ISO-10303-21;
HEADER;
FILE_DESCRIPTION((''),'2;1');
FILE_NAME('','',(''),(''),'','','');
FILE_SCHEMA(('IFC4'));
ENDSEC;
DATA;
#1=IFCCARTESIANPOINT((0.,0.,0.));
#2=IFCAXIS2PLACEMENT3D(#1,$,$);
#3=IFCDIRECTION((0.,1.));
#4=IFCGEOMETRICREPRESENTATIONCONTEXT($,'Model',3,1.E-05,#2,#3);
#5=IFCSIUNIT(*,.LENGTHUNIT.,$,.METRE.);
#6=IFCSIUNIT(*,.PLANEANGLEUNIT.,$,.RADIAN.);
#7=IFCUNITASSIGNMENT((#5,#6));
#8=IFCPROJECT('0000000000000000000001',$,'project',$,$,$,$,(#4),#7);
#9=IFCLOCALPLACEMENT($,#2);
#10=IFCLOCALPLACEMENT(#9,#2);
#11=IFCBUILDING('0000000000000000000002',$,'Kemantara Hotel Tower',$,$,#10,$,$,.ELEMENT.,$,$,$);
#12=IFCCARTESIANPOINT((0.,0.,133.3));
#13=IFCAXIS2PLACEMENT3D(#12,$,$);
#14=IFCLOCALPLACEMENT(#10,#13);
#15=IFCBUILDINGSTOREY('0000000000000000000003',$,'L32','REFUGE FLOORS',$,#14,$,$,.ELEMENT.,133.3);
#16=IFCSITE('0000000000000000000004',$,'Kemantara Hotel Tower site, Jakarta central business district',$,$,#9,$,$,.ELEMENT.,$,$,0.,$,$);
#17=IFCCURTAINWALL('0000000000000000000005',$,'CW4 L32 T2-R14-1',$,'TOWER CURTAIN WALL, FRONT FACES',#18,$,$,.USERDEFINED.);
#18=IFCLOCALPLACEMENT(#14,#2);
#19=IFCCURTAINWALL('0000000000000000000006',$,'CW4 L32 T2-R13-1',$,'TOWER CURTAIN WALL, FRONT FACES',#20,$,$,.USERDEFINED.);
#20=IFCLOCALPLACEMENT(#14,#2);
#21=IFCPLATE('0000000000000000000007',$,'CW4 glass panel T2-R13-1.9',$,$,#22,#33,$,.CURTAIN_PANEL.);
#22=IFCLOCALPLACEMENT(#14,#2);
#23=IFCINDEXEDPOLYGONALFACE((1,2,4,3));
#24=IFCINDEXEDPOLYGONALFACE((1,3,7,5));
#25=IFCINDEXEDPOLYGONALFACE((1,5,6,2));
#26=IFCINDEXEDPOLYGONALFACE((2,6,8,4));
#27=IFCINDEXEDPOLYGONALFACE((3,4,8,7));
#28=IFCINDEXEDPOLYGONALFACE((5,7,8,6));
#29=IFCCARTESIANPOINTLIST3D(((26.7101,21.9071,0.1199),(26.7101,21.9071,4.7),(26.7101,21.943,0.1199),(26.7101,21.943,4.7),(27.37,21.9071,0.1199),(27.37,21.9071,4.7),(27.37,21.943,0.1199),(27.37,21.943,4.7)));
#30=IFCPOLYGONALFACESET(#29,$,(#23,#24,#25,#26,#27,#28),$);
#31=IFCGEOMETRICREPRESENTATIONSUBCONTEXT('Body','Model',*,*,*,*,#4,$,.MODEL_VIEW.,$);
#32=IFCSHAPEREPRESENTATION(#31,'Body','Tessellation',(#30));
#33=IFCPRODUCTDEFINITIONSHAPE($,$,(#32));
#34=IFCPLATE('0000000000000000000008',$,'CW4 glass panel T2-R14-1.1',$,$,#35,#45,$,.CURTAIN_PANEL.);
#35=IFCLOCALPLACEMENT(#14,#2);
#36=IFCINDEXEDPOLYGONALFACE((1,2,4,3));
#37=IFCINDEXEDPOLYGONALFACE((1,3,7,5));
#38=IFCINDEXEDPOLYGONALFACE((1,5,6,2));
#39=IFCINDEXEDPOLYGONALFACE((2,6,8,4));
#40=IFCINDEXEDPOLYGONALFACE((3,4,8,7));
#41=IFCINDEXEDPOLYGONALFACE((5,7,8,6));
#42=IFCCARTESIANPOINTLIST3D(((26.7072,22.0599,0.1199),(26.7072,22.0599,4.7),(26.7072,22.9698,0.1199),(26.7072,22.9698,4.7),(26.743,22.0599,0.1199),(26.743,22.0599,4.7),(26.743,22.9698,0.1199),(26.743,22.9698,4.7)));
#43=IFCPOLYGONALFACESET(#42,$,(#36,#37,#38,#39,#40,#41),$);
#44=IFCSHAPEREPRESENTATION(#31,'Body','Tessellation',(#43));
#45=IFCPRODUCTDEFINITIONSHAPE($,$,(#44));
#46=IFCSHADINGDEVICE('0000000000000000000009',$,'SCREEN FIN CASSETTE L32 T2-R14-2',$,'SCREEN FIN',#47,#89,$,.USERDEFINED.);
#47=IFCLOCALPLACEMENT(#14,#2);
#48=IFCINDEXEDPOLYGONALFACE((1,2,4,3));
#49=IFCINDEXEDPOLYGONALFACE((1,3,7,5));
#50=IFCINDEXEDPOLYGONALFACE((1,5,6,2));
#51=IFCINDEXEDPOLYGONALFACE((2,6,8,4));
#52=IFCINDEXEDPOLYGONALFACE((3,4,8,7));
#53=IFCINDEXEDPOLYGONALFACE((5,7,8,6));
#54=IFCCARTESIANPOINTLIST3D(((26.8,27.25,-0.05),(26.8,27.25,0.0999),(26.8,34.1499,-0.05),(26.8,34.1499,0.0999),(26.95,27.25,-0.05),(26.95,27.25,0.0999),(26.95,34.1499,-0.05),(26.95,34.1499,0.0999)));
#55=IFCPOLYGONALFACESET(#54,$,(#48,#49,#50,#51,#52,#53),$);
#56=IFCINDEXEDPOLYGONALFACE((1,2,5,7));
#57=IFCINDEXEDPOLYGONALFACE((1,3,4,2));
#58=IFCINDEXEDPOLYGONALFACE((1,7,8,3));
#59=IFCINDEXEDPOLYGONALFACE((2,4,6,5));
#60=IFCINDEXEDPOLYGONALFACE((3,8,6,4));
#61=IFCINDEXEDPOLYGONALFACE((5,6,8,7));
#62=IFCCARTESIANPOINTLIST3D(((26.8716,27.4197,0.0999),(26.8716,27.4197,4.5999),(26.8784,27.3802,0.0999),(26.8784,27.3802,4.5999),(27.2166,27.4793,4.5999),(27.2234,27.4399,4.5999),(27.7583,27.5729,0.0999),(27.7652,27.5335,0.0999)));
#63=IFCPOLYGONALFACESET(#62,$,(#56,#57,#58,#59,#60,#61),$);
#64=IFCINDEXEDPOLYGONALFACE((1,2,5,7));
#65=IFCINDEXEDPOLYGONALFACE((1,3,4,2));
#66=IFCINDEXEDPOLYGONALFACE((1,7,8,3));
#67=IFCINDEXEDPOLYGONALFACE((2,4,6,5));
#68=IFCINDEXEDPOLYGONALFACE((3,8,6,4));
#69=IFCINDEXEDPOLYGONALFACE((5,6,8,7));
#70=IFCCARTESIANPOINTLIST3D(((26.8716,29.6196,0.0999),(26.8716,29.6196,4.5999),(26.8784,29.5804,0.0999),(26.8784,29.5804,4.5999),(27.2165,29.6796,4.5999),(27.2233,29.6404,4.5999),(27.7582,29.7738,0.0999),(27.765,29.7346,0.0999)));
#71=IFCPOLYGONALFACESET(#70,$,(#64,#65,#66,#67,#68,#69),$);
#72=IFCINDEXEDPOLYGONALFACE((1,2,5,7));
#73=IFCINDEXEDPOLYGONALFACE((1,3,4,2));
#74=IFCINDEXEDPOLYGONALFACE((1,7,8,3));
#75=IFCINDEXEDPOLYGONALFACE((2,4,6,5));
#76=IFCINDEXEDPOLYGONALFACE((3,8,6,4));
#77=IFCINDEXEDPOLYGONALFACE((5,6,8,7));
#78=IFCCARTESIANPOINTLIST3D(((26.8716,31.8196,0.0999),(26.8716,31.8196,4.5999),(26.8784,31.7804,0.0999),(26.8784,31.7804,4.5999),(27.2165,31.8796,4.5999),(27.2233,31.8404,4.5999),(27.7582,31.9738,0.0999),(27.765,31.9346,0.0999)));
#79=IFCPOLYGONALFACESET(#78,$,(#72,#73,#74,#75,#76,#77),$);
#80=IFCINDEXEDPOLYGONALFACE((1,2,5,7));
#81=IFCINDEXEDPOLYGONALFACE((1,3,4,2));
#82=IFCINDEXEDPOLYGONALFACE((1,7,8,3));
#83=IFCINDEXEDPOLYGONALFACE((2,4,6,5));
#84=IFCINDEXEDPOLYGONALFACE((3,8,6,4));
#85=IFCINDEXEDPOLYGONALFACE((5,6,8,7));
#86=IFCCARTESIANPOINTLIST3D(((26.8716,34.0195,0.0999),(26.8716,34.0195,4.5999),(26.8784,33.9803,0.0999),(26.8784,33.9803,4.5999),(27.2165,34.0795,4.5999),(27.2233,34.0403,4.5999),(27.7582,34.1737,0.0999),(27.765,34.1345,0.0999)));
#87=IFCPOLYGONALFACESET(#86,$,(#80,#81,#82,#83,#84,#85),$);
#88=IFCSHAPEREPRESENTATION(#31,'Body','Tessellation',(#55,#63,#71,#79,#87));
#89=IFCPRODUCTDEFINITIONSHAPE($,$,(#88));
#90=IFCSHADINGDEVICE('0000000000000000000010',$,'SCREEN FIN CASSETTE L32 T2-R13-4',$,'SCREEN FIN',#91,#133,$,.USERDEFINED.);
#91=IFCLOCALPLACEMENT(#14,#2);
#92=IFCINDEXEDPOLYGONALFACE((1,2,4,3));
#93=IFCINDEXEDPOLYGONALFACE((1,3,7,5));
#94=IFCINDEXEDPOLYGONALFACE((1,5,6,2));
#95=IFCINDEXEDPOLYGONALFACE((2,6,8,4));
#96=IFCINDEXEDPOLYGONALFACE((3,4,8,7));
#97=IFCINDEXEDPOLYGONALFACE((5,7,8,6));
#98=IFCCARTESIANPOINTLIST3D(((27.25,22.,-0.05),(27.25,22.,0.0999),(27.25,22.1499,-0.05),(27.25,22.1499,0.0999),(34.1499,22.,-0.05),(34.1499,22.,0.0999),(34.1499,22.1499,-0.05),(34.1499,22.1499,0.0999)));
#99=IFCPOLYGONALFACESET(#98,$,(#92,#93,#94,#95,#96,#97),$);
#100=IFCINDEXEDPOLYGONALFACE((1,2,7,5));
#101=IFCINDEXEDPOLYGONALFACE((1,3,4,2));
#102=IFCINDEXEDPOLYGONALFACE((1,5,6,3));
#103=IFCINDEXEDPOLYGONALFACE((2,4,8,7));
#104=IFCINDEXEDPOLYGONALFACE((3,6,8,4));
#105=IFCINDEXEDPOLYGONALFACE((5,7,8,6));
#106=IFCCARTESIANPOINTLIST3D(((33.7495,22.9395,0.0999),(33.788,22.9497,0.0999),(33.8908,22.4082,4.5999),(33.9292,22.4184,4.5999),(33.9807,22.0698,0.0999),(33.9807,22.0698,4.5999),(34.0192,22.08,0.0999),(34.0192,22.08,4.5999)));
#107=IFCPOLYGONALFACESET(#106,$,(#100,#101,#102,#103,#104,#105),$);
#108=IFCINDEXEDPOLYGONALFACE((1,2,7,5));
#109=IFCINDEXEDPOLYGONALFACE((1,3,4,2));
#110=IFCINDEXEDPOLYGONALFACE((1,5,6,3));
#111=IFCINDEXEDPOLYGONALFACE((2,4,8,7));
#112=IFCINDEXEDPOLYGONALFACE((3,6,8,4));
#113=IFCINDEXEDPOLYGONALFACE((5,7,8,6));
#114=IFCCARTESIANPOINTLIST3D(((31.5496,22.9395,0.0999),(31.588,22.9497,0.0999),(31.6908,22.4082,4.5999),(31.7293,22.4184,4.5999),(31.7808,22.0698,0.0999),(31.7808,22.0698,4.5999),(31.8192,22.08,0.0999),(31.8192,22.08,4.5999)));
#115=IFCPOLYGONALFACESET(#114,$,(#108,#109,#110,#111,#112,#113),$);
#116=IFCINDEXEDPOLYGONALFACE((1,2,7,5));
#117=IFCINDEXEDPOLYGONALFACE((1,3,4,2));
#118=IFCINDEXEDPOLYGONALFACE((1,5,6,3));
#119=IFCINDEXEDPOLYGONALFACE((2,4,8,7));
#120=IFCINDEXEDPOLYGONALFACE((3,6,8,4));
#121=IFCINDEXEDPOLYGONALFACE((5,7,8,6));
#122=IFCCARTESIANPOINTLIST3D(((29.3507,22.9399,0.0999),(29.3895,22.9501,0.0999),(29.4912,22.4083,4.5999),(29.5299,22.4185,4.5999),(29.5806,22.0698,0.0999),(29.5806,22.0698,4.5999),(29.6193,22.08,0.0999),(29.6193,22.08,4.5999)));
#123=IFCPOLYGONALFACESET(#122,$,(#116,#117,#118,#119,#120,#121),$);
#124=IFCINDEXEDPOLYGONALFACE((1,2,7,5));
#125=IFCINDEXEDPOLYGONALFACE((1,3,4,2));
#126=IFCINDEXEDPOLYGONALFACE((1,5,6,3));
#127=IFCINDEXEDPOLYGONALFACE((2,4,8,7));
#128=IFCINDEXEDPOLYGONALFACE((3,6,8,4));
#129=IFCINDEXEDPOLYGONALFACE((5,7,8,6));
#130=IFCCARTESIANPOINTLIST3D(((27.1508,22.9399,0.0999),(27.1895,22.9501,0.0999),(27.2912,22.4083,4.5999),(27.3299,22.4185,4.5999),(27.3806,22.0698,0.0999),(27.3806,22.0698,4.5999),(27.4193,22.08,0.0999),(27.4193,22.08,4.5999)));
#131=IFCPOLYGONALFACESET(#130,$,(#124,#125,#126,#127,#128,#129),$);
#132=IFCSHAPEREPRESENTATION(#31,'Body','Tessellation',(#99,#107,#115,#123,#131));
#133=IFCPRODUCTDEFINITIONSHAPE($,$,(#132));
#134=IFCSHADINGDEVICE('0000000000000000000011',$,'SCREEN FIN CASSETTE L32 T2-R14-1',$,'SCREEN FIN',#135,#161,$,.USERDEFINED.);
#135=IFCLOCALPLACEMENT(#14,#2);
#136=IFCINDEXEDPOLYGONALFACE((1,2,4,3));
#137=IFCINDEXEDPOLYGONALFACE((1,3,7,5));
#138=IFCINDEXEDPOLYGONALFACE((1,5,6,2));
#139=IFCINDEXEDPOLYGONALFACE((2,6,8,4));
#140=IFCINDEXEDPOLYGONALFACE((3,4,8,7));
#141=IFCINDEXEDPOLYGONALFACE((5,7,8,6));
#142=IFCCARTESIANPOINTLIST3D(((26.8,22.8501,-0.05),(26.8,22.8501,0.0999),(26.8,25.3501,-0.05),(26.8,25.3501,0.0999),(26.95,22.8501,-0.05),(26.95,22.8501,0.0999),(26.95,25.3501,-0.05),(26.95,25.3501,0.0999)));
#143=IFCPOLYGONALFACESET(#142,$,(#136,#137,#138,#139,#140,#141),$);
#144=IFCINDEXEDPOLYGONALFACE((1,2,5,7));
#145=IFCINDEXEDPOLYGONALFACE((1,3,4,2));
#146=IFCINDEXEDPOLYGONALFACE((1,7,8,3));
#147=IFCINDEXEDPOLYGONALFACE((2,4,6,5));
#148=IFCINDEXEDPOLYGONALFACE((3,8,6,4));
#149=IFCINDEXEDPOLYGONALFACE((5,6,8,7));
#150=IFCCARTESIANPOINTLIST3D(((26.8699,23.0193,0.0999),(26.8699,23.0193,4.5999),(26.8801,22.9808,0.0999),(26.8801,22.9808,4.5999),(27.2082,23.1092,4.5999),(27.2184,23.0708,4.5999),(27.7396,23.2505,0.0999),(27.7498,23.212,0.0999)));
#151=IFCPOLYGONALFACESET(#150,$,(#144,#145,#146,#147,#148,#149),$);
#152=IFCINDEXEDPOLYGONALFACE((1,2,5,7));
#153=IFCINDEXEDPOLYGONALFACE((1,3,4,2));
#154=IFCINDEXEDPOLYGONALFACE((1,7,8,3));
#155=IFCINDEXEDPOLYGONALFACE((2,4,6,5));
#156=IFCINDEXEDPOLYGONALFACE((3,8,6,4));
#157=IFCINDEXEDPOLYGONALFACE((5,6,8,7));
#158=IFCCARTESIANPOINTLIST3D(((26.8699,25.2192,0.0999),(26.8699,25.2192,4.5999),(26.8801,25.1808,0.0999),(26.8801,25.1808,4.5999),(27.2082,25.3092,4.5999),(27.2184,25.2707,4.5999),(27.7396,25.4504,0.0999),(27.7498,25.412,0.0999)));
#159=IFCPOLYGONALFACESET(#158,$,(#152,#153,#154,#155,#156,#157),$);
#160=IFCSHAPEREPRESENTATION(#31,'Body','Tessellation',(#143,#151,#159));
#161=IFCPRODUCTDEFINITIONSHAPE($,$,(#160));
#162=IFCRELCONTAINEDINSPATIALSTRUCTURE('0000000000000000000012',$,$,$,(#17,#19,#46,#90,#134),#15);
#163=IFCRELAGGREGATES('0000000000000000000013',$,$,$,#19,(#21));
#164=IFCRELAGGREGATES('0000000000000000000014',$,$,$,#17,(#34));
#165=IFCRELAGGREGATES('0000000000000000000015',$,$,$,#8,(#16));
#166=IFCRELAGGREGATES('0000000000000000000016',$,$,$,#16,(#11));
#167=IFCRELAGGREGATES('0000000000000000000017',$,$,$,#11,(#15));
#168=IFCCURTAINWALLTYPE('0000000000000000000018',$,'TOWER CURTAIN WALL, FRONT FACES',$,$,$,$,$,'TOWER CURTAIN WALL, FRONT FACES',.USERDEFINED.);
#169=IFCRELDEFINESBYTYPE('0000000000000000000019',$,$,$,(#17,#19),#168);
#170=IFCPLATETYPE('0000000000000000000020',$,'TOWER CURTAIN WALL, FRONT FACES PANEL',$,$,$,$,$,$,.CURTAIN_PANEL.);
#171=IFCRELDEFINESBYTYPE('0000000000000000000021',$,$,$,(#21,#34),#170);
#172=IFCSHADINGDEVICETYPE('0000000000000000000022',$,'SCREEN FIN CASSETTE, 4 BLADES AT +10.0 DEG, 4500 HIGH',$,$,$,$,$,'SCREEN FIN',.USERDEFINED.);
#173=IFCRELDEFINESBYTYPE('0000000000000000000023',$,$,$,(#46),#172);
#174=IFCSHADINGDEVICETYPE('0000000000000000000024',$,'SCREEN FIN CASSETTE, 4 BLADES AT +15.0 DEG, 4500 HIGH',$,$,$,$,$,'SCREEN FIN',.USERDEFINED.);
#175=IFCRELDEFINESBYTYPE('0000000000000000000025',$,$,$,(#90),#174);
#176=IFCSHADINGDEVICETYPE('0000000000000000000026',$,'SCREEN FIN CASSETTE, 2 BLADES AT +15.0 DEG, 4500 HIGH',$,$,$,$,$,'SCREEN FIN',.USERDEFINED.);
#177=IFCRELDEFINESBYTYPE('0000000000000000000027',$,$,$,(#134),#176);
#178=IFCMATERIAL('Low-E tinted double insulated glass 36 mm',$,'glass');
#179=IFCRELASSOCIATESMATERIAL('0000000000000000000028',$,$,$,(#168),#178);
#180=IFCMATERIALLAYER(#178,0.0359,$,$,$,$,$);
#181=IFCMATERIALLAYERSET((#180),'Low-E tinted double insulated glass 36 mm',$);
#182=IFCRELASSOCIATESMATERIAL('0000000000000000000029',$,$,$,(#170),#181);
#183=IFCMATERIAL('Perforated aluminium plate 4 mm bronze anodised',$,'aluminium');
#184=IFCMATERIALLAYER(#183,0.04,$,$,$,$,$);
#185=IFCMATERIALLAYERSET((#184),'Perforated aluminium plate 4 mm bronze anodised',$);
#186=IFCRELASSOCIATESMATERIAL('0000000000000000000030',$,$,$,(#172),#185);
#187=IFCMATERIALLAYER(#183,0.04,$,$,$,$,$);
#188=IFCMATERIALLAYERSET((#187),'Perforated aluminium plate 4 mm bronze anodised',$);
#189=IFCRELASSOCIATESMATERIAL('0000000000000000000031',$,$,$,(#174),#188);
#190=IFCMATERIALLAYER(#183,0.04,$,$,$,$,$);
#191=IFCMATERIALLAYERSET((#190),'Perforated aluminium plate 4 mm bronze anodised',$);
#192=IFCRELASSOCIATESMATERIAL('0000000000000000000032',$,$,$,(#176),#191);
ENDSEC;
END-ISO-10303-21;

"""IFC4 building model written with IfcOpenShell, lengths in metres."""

from ifc_helpers import new_model, si_unit, direction, frame, origin, origin_2d, place, context, subcontext, project, spatial, polyline, rectangle, outline, extrude, source, transform, mapped, material, layer, layer_set, type_object, element, aggregate, save


model = new_model("IFC4")

# Units and contexts
model_context = context("Model", 3, precision=1e-05, world=origin(), true_north=direction((0.0, 1.0)))
body_context = subcontext(model_context, "Body", "Model", "MODEL_VIEW")
ifc_project = project(units=[si_unit("LENGTHUNIT", "METRE"), si_unit("PLANEANGLEUNIT", "RADIAN")], contexts=[model_context])

# Site, building, storey
site_placement = place(None, origin())
site = spatial("IfcSite", under=ifc_project, at=site_placement, Name="Kemantara Hotel Tower site, Jakarta central business district", CompositionType="ELEMENT", RefElevation=0.0)
building_placement = place(site_placement, origin())
building = spatial("IfcBuilding", under=site, at=building_placement, Name="Kemantara Hotel Tower", CompositionType="ELEMENT")
storey_placement = place(building_placement, frame((0.0, 0.0, 133.3)))
storey = spatial("IfcBuildingStorey", under=building, at=storey_placement, Name="L32", Description="REFUGE FLOORS", CompositionType="ELEMENT", Elevation=133.3)

# Curtain wall
ifc_material_1 = material(Name="Low-E tinted double insulated glass 36 mm", Category="glass")
curtain_wall_type = type_object("IfcCurtainWallType", Name="TOWER CURTAIN WALL, FRONT FACES", ElementType="TOWER CURTAIN WALL, FRONT FACES", PredefinedType="USERDEFINED", material=ifc_material_1)
curtain_wall_1_placement = place(storey_placement, origin())
curtain_wall_1 = element("IfcCurtainWall", 1, at=curtain_wall_1_placement, inside=storey, type_object=curtain_wall_type, Name="CW4 L32 T2-R14-1", ObjectType="TOWER CURTAIN WALL, FRONT FACES", PredefinedType="USERDEFINED")

# Curtain wall
curtain_wall_2_placement = place(storey_placement, origin())
curtain_wall_2 = element("IfcCurtainWall", 2, at=curtain_wall_2_placement, inside=storey, type_object=curtain_wall_type, Name="CW4 L32 T2-R13-1", ObjectType="TOWER CURTAIN WALL, FRONT FACES", PredefinedType="USERDEFINED")

# Plates
ifc_layer_1 = layer(ifc_material_1, 0.0359)
ifc_layer_set_1 = layer_set([ifc_layer_1], Name="Low-E tinted double insulated glass 36 mm")
plate_type = type_object("IfcPlateType", Name="TOWER CURTAIN WALL, FRONT FACES PANEL", PredefinedType="CURTAIN_PANEL", material=ifc_layer_set_1)
shared_shape_1 = source(origin(), body_context, "Body", "SweptSolid", [
    extrude(rectangle(XDim=0.6599, YDim=0.0359, at=origin_2d()), origin(), (0.0, 0.0, 1.0), 4.5801),
])
plate_1_placement = place(storey_placement, frame((27.04, 21.925, 0.1199), z_axis=(0.0, 0.0, 1.0), x_axis=(-1.0, 0.0, 0.0)))
plate_1 = element("IfcPlate", 3, at=plate_1_placement, type_object=plate_type, Name="CW4 glass panel T2-R13-1.9", PredefinedType="CURTAIN_PANEL", context=body_context, shape_type="MappedRepresentation", body=[
    mapped(shared_shape_1, transform((0.0, 0.0, 0.0))),
])
aggregate(curtain_wall_2, [plate_1])
shared_shape_2 = source(origin(), body_context, "Body", "SweptSolid", [
    extrude(rectangle(XDim=0.9099, YDim=0.0359, at=origin_2d()), origin(), (0.0, 0.0, 1.0), 4.5801),
])
plate_2_placement = place(storey_placement, frame((26.7251, 22.5149, 0.1199), z_axis=(0.0, 0.0, 1.0), x_axis=(0.0, 1.0, 0.0)))
plate_2 = element("IfcPlate", 4, at=plate_2_placement, type_object=plate_type, Name="CW4 glass panel T2-R14-1.1", PredefinedType="CURTAIN_PANEL", context=body_context, shape_type="MappedRepresentation", body=[
    mapped(shared_shape_2, transform((0.0, 0.0, 0.0))),
])
aggregate(curtain_wall_1, [plate_2])

# Shading devices
ifc_material_2 = material(Name="Perforated aluminium plate 4 mm bronze anodised", Category="aluminium")
ifc_layer_2 = layer(ifc_material_2, 0.04)
ifc_layer_set_2 = layer_set([ifc_layer_2], Name="Perforated aluminium plate 4 mm bronze anodised")
shading_device_type_1 = type_object("IfcShadingDeviceType", Name="SCREEN FIN CASSETTE, 4 BLADES AT +10.0 DEG, 4500 HIGH", ElementType="SCREEN FIN", PredefinedType="USERDEFINED", material=ifc_layer_set_2)
shared_shape_3 = source(origin(), body_context, "Body", "SweptSolid", [
    extrude(rectangle(XDim=6.8999, YDim=0.1499, at=origin_2d()), frame((3.3, -0.075, -0.1499), z_axis=(0.0, 0.0, 1.0), x_axis=(1.0, 0.0, 0.0)), (0.0, 0.0, 1.0), 0.1499),
    extrude(outline(polyline([(0.0, 0.0), (0.8999, 0.0), (0.3501, 4.5), (0.0, 4.5), (0.0, 0.0)])), frame((0.0198, -0.0715, 0.0), z_axis=(-0.98539, -0.170314, 0.0), x_axis=(0.170314, -0.98539, 0.0)), (0.0, 0.0, 1.0), 0.04),
    extrude(outline(polyline([(0.0, 0.0), (0.8999, 0.0), (0.3501, 4.5), (0.0, 4.5), (0.0, 0.0)])), frame((2.2197, -0.0715, 0.0), z_axis=(-0.985212, -0.171341, 0.0), x_axis=(0.171341, -0.985212, 0.0)), (0.0, 0.0, 1.0), 0.0398),
    extrude(outline(polyline([(0.0, 0.0), (0.8999, 0.0), (0.3501, 4.5), (0.0, 4.5), (0.0, 0.0)])), frame((4.4197, -0.0715, 0.0), z_axis=(-0.985212, -0.171341, 0.0), x_axis=(0.171341, -0.985212, 0.0)), (0.0, 0.0, 1.0), 0.0398),
    extrude(outline(polyline([(0.0, 0.0), (0.8999, 0.0), (0.3501, 4.5), (0.0, 4.5), (0.0, 0.0)])), frame((6.6196, -0.0715, 0.0), z_axis=(-0.985212, -0.171341, 0.0), x_axis=(0.171341, -0.985212, 0.0)), (0.0, 0.0, 1.0), 0.0398),
])
shading_device_1_placement = place(storey_placement, frame((26.8, 27.3999, 0.0999), z_axis=(0.0, 0.0, 1.0), x_axis=(0.0, 1.0, 0.0)))
element("IfcShadingDevice", 5, at=shading_device_1_placement, inside=storey, type_object=shading_device_type_1, Name="SCREEN FIN CASSETTE L32 T2-R14-2", ObjectType="SCREEN FIN", PredefinedType="USERDEFINED", context=body_context, shape_type="MappedRepresentation", body=[
    mapped(shared_shape_3, transform((0.0, 0.0, 0.0))),
])
ifc_layer_3 = layer(ifc_material_2, 0.04)
ifc_layer_set_3 = layer_set([ifc_layer_3], Name="Perforated aluminium plate 4 mm bronze anodised")
shading_device_type_2 = type_object("IfcShadingDeviceType", Name="SCREEN FIN CASSETTE, 4 BLADES AT +15.0 DEG, 4500 HIGH", ElementType="SCREEN FIN", PredefinedType="USERDEFINED", material=ifc_layer_set_3)
shared_shape_4 = source(origin(), body_context, "Body", "SweptSolid", [
    extrude(rectangle(XDim=6.8999, YDim=0.1499, at=origin_2d()), frame((3.3, -0.075, -0.1499), z_axis=(0.0, 0.0, 1.0), x_axis=(1.0, 0.0, 0.0)), (0.0, 0.0, 1.0), 0.1499),
    extrude(outline(polyline([(0.0, 0.0), (0.8999, 0.0), (0.3501, 4.5), (0.0, 4.5), (0.0, 0.0)])), frame((0.0193, -0.0698, 0.0), z_axis=(-0.966438, -0.256901, 0.0), x_axis=(0.256901, -0.966438, 0.0)), (0.0, 0.0, 1.0), 0.0398),
    extrude(outline(polyline([(0.0, 0.0), (0.8999, 0.0), (0.3501, 4.5), (0.0, 4.5), (0.0, 0.0)])), frame((2.2192, -0.0698, 0.0), z_axis=(-0.966438, -0.256901, 0.0), x_axis=(0.256901, -0.966438, 0.0)), (0.0, 0.0, 1.0), 0.0398),
    extrude(outline(polyline([(0.0, 0.0), (0.8999, 0.0), (0.3501, 4.5), (0.0, 4.5), (0.0, 0.0)])), frame((4.4194, -0.0698, 0.0), z_axis=(-0.966838, -0.255391, 0.0), x_axis=(0.255391, -0.966838, 0.0)), (0.0, 0.0, 1.0), 0.04),
    extrude(outline(polyline([(0.0, 0.0), (0.8999, 0.0), (0.3501, 4.5), (0.0, 4.5), (0.0, 0.0)])), frame((6.6194, -0.0698, 0.0), z_axis=(-0.966838, -0.255391, 0.0), x_axis=(0.255391, -0.966838, 0.0)), (0.0, 0.0, 1.0), 0.04),
])
shading_device_2_placement = place(storey_placement, frame((34.0, 22.0, 0.0999), z_axis=(0.0, 0.0, 1.0), x_axis=(-1.0, 0.0, 0.0)))
element("IfcShadingDevice", 6, at=shading_device_2_placement, inside=storey, type_object=shading_device_type_2, Name="SCREEN FIN CASSETTE L32 T2-R13-4", ObjectType="SCREEN FIN", PredefinedType="USERDEFINED", context=body_context, shape_type="MappedRepresentation", body=[
    mapped(shared_shape_4, transform((0.0, 0.0, 0.0))),
])
ifc_layer_4 = layer(ifc_material_2, 0.04)
ifc_layer_set_4 = layer_set([ifc_layer_4], Name="Perforated aluminium plate 4 mm bronze anodised")
shading_device_type_3 = type_object("IfcShadingDeviceType", Name="SCREEN FIN CASSETTE, 2 BLADES AT +15.0 DEG, 4500 HIGH", ElementType="SCREEN FIN", PredefinedType="USERDEFINED", material=ifc_layer_set_4)
shared_shape_5 = source(origin(), body_context, "Body", "SweptSolid", [
    extrude(rectangle(XDim=2.5, YDim=0.1499, at=origin_2d()), frame((1.1001, -0.075, -0.1499), z_axis=(0.0, 0.0, 1.0), x_axis=(1.0, 0.0, 0.0)), (0.0, 0.0, 1.0), 0.1499),
    extrude(outline(polyline([(0.0, 0.0), (0.8999, 0.0), (0.3501, 4.5), (0.0, 4.5), (0.0, 0.0)])), frame((0.0193, -0.0698, 0.0), z_axis=(-0.966438, -0.256901, 0.0), x_axis=(0.256901, -0.966438, 0.0)), (0.0, 0.0, 1.0), 0.0398),
    extrude(outline(polyline([(0.0, 0.0), (0.8999, 0.0), (0.3501, 4.5), (0.0, 4.5), (0.0, 0.0)])), frame((2.2192, -0.0698, 0.0), z_axis=(-0.966438, -0.256901, 0.0), x_axis=(0.256901, -0.966438, 0.0)), (0.0, 0.0, 1.0), 0.0398),
])
shading_device_3_placement = place(storey_placement, frame((26.8, 23.0, 0.0999), z_axis=(0.0, 0.0, 1.0), x_axis=(0.0, 1.0, 0.0)))
element("IfcShadingDevice", 7, at=shading_device_3_placement, inside=storey, type_object=shading_device_type_3, Name="SCREEN FIN CASSETTE L32 T2-R14-1", ObjectType="SCREEN FIN", PredefinedType="USERDEFINED", context=body_context, shape_type="MappedRepresentation", body=[
    mapped(shared_shape_5, transform((0.0, 0.0, 0.0))),
])

save(model, "model.ifc")
